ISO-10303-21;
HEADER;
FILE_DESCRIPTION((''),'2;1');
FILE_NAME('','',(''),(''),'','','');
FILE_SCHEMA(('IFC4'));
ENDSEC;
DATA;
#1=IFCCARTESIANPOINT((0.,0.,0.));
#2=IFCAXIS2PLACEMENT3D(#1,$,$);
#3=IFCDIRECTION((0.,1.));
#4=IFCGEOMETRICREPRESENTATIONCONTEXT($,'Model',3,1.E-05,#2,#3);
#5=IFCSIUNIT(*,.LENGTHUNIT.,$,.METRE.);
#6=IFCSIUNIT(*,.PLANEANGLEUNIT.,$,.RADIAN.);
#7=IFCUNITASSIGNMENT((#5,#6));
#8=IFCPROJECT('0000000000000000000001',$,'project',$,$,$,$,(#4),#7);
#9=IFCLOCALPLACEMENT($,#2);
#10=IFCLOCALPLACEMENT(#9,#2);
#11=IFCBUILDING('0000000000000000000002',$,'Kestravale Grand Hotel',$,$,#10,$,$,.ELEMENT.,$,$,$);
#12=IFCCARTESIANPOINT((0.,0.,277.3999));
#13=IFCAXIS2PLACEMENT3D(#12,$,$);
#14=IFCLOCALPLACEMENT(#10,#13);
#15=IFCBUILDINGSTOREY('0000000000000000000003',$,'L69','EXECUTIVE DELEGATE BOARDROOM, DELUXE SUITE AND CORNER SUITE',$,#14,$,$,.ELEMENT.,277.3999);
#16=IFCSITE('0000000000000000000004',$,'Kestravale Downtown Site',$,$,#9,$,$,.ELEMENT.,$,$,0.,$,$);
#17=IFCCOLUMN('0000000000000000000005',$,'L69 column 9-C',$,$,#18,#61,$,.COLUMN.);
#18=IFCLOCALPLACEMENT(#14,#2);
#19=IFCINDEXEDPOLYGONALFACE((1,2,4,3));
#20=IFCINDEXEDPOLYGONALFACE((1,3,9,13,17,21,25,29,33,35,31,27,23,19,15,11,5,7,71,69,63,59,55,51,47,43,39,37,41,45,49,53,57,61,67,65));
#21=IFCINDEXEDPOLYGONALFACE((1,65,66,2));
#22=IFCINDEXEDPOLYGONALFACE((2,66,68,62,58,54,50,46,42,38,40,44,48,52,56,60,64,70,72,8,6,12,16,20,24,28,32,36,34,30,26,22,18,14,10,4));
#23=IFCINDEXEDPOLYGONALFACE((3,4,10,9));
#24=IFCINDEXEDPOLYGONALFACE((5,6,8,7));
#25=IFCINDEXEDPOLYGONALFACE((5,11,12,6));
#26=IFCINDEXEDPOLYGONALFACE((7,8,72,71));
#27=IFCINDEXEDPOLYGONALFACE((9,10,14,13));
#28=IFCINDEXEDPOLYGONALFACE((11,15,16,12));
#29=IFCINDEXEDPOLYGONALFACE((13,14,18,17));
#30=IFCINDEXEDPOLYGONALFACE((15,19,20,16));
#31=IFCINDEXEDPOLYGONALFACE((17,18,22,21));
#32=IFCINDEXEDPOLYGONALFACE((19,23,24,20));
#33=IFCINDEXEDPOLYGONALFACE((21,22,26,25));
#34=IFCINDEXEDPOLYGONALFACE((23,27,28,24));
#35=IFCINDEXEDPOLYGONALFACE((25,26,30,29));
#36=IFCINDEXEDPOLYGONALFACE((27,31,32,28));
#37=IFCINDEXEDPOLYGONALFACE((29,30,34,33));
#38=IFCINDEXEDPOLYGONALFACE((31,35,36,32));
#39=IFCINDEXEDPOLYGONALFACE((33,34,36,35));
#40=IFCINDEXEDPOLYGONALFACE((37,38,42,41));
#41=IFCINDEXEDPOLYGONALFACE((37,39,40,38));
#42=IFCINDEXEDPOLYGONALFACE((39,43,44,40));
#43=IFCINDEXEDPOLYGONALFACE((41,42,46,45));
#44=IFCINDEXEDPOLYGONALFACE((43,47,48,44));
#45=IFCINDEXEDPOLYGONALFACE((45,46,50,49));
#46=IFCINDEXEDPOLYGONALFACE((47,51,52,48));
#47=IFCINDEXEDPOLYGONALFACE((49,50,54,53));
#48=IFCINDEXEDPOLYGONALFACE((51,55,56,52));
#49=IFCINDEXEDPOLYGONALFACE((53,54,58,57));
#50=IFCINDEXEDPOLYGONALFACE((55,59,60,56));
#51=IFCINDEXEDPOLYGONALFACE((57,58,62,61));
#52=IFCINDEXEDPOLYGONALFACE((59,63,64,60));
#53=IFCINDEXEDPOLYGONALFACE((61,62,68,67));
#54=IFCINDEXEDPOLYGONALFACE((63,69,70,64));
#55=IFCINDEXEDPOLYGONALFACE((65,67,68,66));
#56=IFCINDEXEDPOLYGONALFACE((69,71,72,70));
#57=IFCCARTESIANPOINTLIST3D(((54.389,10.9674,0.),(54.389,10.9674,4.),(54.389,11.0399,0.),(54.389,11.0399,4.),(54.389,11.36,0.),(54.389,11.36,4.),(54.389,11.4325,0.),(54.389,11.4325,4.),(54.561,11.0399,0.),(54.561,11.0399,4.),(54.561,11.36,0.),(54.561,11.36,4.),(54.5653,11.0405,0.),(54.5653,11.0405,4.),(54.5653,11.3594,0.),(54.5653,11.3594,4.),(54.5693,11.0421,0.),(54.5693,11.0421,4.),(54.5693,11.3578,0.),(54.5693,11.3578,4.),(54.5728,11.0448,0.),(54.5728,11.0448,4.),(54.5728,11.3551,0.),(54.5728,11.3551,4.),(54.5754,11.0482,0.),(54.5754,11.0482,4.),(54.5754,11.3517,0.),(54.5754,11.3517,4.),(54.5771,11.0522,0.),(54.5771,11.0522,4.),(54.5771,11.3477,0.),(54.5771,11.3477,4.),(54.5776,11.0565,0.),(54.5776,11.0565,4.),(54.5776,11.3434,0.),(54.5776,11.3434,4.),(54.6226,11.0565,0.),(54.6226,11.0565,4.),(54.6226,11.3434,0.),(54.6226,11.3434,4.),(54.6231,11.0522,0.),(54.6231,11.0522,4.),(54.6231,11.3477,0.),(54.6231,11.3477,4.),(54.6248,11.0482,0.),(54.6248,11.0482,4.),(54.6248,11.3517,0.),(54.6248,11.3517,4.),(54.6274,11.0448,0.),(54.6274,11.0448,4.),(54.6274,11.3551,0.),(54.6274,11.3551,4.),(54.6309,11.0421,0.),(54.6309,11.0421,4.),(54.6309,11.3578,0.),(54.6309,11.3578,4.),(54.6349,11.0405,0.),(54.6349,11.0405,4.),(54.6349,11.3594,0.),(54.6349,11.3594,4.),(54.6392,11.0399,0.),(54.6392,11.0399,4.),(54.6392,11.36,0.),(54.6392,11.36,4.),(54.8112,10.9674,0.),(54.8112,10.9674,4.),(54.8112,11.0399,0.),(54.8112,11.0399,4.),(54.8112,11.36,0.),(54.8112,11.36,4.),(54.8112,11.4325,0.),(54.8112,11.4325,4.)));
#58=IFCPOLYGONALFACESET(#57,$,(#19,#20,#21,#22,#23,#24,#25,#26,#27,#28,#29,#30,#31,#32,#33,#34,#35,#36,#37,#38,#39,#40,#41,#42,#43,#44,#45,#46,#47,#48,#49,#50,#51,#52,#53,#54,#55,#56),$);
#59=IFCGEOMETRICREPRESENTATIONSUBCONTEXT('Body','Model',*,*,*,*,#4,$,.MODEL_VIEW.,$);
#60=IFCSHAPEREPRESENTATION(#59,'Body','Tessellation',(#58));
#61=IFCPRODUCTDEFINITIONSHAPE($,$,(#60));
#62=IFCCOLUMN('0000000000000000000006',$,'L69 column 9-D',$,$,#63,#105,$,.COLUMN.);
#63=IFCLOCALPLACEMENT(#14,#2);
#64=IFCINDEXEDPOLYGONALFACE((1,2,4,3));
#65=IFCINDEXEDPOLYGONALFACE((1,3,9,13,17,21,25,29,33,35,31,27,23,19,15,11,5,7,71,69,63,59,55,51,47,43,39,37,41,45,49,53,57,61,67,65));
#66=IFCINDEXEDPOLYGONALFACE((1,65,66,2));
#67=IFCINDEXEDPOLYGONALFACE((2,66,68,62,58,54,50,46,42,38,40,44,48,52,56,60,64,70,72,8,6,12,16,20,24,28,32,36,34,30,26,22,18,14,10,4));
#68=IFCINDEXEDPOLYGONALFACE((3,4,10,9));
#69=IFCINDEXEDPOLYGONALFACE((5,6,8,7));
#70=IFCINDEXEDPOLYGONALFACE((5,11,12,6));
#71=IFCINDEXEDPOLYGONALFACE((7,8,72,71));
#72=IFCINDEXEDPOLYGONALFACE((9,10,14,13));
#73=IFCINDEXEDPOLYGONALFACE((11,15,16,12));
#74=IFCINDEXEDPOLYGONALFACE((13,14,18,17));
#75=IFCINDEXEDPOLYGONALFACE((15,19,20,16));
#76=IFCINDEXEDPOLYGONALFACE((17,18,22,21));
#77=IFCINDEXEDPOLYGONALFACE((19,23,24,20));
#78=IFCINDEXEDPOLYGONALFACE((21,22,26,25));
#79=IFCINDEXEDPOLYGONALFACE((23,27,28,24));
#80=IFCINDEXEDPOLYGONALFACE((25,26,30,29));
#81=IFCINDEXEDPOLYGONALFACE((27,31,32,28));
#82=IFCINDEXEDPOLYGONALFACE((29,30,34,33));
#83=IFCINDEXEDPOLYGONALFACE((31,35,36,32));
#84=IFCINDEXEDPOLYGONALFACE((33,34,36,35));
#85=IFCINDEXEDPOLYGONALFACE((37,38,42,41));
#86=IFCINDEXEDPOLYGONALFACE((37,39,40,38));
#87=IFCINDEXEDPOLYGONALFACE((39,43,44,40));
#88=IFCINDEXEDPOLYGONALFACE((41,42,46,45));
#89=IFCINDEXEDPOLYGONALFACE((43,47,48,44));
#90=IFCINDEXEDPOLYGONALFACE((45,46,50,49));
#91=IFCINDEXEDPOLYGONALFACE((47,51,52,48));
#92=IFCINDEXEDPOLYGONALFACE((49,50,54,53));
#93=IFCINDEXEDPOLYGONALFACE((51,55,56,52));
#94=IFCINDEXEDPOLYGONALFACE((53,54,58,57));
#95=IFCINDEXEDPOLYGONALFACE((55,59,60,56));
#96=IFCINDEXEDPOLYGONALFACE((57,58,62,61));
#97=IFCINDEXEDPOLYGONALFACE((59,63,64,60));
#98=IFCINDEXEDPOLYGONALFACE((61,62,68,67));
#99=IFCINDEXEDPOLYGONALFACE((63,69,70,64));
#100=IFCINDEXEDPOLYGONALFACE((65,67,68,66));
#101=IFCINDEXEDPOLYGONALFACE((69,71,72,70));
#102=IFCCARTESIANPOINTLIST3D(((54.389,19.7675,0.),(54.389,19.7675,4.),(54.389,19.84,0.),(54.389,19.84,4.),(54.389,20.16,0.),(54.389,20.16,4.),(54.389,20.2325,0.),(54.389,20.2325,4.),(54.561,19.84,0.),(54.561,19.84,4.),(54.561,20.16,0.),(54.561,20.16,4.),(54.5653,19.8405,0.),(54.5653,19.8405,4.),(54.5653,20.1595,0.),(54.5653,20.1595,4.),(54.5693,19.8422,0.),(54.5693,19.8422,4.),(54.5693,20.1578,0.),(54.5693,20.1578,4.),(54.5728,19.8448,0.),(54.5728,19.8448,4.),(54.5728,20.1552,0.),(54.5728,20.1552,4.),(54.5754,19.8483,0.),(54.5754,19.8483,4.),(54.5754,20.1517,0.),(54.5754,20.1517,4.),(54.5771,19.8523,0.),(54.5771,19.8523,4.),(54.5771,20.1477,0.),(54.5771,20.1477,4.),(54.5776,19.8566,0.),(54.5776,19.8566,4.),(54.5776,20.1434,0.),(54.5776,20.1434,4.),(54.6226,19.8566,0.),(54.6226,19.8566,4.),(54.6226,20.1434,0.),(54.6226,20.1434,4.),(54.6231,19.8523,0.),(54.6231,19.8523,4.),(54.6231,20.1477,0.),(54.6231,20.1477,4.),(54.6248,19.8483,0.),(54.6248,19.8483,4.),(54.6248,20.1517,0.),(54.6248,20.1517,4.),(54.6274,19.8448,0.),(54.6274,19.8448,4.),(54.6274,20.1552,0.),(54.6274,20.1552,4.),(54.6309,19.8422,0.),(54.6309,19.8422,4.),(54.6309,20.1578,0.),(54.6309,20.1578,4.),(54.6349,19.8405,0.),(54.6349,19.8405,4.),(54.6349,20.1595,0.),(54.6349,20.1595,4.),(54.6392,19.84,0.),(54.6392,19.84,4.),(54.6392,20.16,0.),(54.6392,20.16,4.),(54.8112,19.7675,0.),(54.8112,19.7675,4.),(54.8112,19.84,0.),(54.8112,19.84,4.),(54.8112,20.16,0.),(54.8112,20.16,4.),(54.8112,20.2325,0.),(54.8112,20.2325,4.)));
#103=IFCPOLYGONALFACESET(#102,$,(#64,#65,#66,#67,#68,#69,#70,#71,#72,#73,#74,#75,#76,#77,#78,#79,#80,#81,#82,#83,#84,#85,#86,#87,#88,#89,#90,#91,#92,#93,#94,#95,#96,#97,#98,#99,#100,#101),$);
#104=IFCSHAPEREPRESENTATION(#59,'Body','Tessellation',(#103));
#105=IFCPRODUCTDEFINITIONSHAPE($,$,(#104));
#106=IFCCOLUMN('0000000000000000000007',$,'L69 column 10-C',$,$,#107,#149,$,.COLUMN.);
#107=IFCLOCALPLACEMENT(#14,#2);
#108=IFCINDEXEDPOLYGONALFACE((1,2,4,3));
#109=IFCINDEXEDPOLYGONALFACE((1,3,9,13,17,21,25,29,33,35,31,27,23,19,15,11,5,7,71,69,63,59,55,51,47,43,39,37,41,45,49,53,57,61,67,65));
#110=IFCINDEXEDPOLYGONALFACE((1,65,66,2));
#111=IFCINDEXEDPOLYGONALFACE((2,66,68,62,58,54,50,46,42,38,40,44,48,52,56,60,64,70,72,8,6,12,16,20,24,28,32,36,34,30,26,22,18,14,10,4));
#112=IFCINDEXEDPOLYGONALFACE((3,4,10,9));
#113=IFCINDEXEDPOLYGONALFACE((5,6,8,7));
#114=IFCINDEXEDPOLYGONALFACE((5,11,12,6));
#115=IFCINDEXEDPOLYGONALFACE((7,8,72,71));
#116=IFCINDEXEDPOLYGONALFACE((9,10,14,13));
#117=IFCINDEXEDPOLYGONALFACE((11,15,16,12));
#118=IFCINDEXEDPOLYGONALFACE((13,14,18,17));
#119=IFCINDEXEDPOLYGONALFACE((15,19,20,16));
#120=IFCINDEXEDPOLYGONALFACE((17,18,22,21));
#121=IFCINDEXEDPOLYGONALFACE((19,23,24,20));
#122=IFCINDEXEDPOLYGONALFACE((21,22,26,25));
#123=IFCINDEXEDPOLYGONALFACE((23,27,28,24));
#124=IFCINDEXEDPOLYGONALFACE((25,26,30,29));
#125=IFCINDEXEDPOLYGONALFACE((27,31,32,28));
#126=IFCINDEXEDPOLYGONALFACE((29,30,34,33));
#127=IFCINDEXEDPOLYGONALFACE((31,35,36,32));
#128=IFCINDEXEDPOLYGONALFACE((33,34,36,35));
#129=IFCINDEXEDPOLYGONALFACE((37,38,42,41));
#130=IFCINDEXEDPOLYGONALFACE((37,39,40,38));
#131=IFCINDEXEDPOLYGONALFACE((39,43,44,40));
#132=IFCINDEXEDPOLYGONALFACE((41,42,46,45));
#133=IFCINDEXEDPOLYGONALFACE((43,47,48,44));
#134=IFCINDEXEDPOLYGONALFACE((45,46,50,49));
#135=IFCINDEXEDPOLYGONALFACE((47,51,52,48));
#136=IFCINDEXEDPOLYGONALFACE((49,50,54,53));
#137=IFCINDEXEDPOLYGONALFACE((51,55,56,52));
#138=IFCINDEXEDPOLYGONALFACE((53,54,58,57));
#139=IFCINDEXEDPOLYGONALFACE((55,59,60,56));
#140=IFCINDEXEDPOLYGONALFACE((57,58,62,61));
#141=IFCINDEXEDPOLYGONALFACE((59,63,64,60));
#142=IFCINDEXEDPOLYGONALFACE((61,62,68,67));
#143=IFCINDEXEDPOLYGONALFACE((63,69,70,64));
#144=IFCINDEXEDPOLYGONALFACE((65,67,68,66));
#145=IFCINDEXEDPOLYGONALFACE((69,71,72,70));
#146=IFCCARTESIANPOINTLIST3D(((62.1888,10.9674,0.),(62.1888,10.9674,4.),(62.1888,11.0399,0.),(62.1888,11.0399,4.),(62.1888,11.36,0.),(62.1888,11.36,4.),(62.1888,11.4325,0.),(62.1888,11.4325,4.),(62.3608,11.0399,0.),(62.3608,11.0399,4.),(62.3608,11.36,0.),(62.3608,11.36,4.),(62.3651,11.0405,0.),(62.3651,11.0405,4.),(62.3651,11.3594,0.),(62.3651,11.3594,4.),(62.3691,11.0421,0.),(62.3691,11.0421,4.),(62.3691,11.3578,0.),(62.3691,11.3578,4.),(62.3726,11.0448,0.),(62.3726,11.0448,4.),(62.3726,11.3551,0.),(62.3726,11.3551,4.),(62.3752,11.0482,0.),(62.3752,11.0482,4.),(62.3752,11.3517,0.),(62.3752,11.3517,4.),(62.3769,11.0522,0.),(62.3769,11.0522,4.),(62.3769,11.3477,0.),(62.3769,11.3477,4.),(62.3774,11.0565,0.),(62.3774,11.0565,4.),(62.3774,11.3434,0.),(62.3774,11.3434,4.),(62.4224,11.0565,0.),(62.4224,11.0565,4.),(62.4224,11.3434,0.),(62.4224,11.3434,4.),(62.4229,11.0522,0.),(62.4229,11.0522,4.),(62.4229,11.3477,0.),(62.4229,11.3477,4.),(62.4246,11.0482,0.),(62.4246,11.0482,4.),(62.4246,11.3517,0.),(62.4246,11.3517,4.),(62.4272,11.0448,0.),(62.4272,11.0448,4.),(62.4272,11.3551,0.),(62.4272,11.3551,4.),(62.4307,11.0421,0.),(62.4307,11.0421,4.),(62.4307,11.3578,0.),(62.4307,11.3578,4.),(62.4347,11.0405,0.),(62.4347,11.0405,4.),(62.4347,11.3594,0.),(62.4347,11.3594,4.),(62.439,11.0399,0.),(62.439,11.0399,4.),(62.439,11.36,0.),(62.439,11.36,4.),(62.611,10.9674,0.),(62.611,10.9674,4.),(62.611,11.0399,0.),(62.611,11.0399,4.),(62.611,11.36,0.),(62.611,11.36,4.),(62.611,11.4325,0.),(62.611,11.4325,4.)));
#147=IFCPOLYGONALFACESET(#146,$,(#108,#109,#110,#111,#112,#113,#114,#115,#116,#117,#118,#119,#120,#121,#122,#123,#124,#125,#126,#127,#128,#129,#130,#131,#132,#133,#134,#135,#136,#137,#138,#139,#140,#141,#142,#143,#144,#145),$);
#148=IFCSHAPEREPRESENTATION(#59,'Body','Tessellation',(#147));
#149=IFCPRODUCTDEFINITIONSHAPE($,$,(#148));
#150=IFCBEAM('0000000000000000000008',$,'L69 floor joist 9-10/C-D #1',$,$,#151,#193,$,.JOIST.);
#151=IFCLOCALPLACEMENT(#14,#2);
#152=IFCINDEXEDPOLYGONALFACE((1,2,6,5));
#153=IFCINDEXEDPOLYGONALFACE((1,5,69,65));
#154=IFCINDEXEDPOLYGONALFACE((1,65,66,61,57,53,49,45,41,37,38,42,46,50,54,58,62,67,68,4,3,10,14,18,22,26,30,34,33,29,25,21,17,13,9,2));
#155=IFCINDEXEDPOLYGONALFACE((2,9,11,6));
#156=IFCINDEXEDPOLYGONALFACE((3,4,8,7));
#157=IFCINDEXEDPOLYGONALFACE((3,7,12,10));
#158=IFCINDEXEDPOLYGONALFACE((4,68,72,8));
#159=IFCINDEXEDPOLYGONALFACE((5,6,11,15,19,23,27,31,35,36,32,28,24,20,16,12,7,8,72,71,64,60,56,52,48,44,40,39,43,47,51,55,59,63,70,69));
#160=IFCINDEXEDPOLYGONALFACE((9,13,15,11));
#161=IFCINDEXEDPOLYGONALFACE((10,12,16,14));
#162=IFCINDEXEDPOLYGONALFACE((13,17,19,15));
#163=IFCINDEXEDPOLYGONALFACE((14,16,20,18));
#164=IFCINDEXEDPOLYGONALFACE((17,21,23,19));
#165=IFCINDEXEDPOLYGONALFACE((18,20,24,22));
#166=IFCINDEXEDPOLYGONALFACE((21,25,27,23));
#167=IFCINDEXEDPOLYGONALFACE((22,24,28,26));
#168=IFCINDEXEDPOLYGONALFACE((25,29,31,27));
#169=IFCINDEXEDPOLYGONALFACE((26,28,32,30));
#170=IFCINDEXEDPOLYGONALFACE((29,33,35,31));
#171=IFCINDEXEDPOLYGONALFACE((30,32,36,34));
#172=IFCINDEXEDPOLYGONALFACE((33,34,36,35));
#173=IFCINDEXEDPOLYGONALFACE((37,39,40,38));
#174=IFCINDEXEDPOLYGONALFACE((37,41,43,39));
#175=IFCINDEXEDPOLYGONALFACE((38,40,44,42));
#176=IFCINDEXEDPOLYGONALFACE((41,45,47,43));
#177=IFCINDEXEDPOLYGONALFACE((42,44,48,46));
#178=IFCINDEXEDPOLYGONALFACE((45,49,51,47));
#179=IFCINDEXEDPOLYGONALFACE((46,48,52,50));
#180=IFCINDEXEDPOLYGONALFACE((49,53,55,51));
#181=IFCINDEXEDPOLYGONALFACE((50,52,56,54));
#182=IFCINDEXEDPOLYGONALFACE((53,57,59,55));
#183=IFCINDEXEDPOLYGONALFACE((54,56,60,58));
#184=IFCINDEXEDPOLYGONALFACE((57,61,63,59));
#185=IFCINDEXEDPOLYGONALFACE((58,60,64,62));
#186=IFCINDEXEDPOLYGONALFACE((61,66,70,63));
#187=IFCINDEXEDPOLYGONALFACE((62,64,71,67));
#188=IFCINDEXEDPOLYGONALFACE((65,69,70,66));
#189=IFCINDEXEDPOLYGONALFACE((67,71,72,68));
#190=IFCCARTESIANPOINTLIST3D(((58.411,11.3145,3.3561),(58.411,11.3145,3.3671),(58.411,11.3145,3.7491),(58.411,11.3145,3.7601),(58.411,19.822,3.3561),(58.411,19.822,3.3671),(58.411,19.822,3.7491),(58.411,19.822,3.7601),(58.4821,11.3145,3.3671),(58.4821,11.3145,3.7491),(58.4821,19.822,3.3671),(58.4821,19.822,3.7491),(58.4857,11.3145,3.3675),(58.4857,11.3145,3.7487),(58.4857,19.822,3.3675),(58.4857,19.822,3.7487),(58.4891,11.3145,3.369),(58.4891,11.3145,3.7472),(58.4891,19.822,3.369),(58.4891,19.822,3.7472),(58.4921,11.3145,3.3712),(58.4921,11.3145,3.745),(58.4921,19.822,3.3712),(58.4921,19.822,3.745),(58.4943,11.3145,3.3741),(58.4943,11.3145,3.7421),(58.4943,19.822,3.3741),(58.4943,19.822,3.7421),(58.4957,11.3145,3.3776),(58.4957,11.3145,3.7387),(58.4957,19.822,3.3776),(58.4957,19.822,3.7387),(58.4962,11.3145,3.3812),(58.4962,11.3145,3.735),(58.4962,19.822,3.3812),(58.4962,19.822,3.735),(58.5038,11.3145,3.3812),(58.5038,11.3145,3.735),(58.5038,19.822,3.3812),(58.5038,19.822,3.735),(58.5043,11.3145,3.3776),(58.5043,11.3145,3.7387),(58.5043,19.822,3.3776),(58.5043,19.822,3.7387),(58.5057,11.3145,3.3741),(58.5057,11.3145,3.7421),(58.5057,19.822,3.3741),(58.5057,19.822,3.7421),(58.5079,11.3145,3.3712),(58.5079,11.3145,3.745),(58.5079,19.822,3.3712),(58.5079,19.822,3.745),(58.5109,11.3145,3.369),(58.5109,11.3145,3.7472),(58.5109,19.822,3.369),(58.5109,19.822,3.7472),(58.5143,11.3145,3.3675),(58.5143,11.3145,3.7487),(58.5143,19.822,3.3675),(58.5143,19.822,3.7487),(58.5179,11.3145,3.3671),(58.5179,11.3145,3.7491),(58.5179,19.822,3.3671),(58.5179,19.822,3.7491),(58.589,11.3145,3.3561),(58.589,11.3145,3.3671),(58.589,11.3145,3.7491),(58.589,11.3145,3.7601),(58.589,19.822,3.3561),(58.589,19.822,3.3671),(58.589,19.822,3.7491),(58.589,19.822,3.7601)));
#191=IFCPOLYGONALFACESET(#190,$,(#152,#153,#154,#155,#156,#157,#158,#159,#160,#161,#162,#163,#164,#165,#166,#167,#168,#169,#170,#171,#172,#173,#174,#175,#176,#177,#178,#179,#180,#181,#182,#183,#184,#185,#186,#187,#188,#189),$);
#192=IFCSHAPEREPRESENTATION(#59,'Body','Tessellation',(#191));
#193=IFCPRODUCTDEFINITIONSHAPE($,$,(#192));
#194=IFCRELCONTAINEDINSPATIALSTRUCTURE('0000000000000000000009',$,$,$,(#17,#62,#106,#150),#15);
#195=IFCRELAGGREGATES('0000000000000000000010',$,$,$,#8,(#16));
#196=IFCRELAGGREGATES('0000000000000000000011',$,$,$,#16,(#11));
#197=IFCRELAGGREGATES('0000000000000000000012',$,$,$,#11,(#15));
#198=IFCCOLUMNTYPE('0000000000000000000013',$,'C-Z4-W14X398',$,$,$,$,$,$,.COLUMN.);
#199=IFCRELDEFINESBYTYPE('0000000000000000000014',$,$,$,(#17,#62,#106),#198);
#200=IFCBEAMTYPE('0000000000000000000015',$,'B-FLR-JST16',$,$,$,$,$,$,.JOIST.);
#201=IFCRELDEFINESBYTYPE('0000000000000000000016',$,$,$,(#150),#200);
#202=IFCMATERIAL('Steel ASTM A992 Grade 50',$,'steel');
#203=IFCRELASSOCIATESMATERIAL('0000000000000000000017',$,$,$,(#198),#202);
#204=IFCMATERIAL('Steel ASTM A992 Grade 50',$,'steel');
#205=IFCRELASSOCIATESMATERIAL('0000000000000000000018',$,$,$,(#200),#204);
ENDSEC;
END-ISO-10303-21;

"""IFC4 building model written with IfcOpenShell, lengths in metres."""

from ifc_helpers import new_model, si_unit, direction, frame, origin, origin_2d, place, context, subcontext, project, spatial, i_section, extrude, material, material_profile, profile_set, type_object, element, save


model = new_model("IFC4")

# Units and contexts
model_context = context("Model", 3, precision=1e-05, world=origin(), true_north=direction((0.0, 1.0)))
body_context = subcontext(model_context, "Body", "Model", "MODEL_VIEW")
ifc_project = project(units=[si_unit("LENGTHUNIT", "METRE"), si_unit("PLANEANGLEUNIT", "RADIAN")], contexts=[model_context])

# Site, building, storey
site_placement = place(None, origin())
site = spatial("IfcSite", under=ifc_project, at=site_placement, Name="Kestravale Downtown Site", CompositionType="ELEMENT", RefElevation=0.0)
building_placement = place(site_placement, origin())
building = spatial("IfcBuilding", under=site, at=building_placement, Name="Kestravale Grand Hotel", CompositionType="ELEMENT")
storey_placement = place(building_placement, frame((0.0, 0.0, 277.3999)))
storey = spatial("IfcBuildingStorey", under=building, at=storey_placement, Name="L69", Description="EXECUTIVE DELEGATE BOARDROOM, DELUXE SUITE AND CORNER SUITE", CompositionType="ELEMENT", Elevation=277.3999)

# Columns
ifc_material_1 = material(Name="Steel ASTM A992 Grade 50", Category="steel")
ifc_material_profile_1 = material_profile(ifc_material_1, i_section(OverallWidth=0.4221, OverallDepth=0.4651, WebThickness=0.0449, FlangeThickness=0.0725, FilletRadius=0.0166, at=origin_2d()))
ifc_profile_set_1 = profile_set([ifc_material_profile_1], Name="Steel ASTM A992 Grade 50")
column_type = type_object("IfcColumnType", Name="C-Z4-W14X398", PredefinedType="COLUMN", material=ifc_profile_set_1)
for number, where, z_axis, x_axis, name in (
    (1, (54.6001, 11.2, 0.0), (0.0, 0.0, 1.0), (1.0, 0.0, 0.0), "L69 column 9-C"),
    (2, (54.6001, 20.0, 0.0), (0.0, 0.0, 1.0), (1.0, 0.0, 0.0), "L69 column 9-D"),
    (3, (62.3999, 11.2, 0.0), (0.0, 0.0, 1.0), (1.0, 0.0, 0.0), "L69 column 10-C"),
):
    element("IfcColumn", number, at=place(storey_placement, frame(where, z_axis=z_axis, x_axis=x_axis)), inside=storey, type_object=column_type, Name=name, PredefinedType="COLUMN", context=body_context, shape_type="SweptSolid", body=[
        extrude(i_section(OverallWidth=0.4221, OverallDepth=0.4651, WebThickness=0.0449, FlangeThickness=0.0725, FilletRadius=0.0166, at=origin_2d()), origin(), (0.0, 0.0, 1.0), 4.0),
    ])

# Beam
ifc_material_2 = material(Name="Steel ASTM A992 Grade 50", Category="steel")
ifc_material_profile_2 = material_profile(ifc_material_2, i_section(OverallWidth=0.178, OverallDepth=0.4041, WebThickness=0.0076, FlangeThickness=0.011, FilletRadius=0.0142, at=origin_2d()))
ifc_profile_set_2 = profile_set([ifc_material_profile_2], Name="Steel ASTM A992 Grade 50")
beam_type_1 = type_object("IfcBeamType", Name="B-FLR-JST16", PredefinedType="JOIST", material=ifc_profile_set_2)
beam_1_placement = place(storey_placement, frame((58.5, 11.3145, 3.5581), z_axis=(0.0, 1.0, 0.0), x_axis=(-1.0, 0.0, 0.0)))
element("IfcBeam", 4, at=beam_1_placement, inside=storey, type_object=beam_type_1, Name="L69 floor joist 9-10/C-D #1", PredefinedType="JOIST", context=body_context, shape_type="SweptSolid", body=[
    extrude(i_section(OverallWidth=0.178, OverallDepth=0.4041, WebThickness=0.0076, FlangeThickness=0.011, FilletRadius=0.0142, at=origin_2d()), origin(), (0.0, 0.0, 1.0), 8.5076),
])

save(model, "model.ifc")
